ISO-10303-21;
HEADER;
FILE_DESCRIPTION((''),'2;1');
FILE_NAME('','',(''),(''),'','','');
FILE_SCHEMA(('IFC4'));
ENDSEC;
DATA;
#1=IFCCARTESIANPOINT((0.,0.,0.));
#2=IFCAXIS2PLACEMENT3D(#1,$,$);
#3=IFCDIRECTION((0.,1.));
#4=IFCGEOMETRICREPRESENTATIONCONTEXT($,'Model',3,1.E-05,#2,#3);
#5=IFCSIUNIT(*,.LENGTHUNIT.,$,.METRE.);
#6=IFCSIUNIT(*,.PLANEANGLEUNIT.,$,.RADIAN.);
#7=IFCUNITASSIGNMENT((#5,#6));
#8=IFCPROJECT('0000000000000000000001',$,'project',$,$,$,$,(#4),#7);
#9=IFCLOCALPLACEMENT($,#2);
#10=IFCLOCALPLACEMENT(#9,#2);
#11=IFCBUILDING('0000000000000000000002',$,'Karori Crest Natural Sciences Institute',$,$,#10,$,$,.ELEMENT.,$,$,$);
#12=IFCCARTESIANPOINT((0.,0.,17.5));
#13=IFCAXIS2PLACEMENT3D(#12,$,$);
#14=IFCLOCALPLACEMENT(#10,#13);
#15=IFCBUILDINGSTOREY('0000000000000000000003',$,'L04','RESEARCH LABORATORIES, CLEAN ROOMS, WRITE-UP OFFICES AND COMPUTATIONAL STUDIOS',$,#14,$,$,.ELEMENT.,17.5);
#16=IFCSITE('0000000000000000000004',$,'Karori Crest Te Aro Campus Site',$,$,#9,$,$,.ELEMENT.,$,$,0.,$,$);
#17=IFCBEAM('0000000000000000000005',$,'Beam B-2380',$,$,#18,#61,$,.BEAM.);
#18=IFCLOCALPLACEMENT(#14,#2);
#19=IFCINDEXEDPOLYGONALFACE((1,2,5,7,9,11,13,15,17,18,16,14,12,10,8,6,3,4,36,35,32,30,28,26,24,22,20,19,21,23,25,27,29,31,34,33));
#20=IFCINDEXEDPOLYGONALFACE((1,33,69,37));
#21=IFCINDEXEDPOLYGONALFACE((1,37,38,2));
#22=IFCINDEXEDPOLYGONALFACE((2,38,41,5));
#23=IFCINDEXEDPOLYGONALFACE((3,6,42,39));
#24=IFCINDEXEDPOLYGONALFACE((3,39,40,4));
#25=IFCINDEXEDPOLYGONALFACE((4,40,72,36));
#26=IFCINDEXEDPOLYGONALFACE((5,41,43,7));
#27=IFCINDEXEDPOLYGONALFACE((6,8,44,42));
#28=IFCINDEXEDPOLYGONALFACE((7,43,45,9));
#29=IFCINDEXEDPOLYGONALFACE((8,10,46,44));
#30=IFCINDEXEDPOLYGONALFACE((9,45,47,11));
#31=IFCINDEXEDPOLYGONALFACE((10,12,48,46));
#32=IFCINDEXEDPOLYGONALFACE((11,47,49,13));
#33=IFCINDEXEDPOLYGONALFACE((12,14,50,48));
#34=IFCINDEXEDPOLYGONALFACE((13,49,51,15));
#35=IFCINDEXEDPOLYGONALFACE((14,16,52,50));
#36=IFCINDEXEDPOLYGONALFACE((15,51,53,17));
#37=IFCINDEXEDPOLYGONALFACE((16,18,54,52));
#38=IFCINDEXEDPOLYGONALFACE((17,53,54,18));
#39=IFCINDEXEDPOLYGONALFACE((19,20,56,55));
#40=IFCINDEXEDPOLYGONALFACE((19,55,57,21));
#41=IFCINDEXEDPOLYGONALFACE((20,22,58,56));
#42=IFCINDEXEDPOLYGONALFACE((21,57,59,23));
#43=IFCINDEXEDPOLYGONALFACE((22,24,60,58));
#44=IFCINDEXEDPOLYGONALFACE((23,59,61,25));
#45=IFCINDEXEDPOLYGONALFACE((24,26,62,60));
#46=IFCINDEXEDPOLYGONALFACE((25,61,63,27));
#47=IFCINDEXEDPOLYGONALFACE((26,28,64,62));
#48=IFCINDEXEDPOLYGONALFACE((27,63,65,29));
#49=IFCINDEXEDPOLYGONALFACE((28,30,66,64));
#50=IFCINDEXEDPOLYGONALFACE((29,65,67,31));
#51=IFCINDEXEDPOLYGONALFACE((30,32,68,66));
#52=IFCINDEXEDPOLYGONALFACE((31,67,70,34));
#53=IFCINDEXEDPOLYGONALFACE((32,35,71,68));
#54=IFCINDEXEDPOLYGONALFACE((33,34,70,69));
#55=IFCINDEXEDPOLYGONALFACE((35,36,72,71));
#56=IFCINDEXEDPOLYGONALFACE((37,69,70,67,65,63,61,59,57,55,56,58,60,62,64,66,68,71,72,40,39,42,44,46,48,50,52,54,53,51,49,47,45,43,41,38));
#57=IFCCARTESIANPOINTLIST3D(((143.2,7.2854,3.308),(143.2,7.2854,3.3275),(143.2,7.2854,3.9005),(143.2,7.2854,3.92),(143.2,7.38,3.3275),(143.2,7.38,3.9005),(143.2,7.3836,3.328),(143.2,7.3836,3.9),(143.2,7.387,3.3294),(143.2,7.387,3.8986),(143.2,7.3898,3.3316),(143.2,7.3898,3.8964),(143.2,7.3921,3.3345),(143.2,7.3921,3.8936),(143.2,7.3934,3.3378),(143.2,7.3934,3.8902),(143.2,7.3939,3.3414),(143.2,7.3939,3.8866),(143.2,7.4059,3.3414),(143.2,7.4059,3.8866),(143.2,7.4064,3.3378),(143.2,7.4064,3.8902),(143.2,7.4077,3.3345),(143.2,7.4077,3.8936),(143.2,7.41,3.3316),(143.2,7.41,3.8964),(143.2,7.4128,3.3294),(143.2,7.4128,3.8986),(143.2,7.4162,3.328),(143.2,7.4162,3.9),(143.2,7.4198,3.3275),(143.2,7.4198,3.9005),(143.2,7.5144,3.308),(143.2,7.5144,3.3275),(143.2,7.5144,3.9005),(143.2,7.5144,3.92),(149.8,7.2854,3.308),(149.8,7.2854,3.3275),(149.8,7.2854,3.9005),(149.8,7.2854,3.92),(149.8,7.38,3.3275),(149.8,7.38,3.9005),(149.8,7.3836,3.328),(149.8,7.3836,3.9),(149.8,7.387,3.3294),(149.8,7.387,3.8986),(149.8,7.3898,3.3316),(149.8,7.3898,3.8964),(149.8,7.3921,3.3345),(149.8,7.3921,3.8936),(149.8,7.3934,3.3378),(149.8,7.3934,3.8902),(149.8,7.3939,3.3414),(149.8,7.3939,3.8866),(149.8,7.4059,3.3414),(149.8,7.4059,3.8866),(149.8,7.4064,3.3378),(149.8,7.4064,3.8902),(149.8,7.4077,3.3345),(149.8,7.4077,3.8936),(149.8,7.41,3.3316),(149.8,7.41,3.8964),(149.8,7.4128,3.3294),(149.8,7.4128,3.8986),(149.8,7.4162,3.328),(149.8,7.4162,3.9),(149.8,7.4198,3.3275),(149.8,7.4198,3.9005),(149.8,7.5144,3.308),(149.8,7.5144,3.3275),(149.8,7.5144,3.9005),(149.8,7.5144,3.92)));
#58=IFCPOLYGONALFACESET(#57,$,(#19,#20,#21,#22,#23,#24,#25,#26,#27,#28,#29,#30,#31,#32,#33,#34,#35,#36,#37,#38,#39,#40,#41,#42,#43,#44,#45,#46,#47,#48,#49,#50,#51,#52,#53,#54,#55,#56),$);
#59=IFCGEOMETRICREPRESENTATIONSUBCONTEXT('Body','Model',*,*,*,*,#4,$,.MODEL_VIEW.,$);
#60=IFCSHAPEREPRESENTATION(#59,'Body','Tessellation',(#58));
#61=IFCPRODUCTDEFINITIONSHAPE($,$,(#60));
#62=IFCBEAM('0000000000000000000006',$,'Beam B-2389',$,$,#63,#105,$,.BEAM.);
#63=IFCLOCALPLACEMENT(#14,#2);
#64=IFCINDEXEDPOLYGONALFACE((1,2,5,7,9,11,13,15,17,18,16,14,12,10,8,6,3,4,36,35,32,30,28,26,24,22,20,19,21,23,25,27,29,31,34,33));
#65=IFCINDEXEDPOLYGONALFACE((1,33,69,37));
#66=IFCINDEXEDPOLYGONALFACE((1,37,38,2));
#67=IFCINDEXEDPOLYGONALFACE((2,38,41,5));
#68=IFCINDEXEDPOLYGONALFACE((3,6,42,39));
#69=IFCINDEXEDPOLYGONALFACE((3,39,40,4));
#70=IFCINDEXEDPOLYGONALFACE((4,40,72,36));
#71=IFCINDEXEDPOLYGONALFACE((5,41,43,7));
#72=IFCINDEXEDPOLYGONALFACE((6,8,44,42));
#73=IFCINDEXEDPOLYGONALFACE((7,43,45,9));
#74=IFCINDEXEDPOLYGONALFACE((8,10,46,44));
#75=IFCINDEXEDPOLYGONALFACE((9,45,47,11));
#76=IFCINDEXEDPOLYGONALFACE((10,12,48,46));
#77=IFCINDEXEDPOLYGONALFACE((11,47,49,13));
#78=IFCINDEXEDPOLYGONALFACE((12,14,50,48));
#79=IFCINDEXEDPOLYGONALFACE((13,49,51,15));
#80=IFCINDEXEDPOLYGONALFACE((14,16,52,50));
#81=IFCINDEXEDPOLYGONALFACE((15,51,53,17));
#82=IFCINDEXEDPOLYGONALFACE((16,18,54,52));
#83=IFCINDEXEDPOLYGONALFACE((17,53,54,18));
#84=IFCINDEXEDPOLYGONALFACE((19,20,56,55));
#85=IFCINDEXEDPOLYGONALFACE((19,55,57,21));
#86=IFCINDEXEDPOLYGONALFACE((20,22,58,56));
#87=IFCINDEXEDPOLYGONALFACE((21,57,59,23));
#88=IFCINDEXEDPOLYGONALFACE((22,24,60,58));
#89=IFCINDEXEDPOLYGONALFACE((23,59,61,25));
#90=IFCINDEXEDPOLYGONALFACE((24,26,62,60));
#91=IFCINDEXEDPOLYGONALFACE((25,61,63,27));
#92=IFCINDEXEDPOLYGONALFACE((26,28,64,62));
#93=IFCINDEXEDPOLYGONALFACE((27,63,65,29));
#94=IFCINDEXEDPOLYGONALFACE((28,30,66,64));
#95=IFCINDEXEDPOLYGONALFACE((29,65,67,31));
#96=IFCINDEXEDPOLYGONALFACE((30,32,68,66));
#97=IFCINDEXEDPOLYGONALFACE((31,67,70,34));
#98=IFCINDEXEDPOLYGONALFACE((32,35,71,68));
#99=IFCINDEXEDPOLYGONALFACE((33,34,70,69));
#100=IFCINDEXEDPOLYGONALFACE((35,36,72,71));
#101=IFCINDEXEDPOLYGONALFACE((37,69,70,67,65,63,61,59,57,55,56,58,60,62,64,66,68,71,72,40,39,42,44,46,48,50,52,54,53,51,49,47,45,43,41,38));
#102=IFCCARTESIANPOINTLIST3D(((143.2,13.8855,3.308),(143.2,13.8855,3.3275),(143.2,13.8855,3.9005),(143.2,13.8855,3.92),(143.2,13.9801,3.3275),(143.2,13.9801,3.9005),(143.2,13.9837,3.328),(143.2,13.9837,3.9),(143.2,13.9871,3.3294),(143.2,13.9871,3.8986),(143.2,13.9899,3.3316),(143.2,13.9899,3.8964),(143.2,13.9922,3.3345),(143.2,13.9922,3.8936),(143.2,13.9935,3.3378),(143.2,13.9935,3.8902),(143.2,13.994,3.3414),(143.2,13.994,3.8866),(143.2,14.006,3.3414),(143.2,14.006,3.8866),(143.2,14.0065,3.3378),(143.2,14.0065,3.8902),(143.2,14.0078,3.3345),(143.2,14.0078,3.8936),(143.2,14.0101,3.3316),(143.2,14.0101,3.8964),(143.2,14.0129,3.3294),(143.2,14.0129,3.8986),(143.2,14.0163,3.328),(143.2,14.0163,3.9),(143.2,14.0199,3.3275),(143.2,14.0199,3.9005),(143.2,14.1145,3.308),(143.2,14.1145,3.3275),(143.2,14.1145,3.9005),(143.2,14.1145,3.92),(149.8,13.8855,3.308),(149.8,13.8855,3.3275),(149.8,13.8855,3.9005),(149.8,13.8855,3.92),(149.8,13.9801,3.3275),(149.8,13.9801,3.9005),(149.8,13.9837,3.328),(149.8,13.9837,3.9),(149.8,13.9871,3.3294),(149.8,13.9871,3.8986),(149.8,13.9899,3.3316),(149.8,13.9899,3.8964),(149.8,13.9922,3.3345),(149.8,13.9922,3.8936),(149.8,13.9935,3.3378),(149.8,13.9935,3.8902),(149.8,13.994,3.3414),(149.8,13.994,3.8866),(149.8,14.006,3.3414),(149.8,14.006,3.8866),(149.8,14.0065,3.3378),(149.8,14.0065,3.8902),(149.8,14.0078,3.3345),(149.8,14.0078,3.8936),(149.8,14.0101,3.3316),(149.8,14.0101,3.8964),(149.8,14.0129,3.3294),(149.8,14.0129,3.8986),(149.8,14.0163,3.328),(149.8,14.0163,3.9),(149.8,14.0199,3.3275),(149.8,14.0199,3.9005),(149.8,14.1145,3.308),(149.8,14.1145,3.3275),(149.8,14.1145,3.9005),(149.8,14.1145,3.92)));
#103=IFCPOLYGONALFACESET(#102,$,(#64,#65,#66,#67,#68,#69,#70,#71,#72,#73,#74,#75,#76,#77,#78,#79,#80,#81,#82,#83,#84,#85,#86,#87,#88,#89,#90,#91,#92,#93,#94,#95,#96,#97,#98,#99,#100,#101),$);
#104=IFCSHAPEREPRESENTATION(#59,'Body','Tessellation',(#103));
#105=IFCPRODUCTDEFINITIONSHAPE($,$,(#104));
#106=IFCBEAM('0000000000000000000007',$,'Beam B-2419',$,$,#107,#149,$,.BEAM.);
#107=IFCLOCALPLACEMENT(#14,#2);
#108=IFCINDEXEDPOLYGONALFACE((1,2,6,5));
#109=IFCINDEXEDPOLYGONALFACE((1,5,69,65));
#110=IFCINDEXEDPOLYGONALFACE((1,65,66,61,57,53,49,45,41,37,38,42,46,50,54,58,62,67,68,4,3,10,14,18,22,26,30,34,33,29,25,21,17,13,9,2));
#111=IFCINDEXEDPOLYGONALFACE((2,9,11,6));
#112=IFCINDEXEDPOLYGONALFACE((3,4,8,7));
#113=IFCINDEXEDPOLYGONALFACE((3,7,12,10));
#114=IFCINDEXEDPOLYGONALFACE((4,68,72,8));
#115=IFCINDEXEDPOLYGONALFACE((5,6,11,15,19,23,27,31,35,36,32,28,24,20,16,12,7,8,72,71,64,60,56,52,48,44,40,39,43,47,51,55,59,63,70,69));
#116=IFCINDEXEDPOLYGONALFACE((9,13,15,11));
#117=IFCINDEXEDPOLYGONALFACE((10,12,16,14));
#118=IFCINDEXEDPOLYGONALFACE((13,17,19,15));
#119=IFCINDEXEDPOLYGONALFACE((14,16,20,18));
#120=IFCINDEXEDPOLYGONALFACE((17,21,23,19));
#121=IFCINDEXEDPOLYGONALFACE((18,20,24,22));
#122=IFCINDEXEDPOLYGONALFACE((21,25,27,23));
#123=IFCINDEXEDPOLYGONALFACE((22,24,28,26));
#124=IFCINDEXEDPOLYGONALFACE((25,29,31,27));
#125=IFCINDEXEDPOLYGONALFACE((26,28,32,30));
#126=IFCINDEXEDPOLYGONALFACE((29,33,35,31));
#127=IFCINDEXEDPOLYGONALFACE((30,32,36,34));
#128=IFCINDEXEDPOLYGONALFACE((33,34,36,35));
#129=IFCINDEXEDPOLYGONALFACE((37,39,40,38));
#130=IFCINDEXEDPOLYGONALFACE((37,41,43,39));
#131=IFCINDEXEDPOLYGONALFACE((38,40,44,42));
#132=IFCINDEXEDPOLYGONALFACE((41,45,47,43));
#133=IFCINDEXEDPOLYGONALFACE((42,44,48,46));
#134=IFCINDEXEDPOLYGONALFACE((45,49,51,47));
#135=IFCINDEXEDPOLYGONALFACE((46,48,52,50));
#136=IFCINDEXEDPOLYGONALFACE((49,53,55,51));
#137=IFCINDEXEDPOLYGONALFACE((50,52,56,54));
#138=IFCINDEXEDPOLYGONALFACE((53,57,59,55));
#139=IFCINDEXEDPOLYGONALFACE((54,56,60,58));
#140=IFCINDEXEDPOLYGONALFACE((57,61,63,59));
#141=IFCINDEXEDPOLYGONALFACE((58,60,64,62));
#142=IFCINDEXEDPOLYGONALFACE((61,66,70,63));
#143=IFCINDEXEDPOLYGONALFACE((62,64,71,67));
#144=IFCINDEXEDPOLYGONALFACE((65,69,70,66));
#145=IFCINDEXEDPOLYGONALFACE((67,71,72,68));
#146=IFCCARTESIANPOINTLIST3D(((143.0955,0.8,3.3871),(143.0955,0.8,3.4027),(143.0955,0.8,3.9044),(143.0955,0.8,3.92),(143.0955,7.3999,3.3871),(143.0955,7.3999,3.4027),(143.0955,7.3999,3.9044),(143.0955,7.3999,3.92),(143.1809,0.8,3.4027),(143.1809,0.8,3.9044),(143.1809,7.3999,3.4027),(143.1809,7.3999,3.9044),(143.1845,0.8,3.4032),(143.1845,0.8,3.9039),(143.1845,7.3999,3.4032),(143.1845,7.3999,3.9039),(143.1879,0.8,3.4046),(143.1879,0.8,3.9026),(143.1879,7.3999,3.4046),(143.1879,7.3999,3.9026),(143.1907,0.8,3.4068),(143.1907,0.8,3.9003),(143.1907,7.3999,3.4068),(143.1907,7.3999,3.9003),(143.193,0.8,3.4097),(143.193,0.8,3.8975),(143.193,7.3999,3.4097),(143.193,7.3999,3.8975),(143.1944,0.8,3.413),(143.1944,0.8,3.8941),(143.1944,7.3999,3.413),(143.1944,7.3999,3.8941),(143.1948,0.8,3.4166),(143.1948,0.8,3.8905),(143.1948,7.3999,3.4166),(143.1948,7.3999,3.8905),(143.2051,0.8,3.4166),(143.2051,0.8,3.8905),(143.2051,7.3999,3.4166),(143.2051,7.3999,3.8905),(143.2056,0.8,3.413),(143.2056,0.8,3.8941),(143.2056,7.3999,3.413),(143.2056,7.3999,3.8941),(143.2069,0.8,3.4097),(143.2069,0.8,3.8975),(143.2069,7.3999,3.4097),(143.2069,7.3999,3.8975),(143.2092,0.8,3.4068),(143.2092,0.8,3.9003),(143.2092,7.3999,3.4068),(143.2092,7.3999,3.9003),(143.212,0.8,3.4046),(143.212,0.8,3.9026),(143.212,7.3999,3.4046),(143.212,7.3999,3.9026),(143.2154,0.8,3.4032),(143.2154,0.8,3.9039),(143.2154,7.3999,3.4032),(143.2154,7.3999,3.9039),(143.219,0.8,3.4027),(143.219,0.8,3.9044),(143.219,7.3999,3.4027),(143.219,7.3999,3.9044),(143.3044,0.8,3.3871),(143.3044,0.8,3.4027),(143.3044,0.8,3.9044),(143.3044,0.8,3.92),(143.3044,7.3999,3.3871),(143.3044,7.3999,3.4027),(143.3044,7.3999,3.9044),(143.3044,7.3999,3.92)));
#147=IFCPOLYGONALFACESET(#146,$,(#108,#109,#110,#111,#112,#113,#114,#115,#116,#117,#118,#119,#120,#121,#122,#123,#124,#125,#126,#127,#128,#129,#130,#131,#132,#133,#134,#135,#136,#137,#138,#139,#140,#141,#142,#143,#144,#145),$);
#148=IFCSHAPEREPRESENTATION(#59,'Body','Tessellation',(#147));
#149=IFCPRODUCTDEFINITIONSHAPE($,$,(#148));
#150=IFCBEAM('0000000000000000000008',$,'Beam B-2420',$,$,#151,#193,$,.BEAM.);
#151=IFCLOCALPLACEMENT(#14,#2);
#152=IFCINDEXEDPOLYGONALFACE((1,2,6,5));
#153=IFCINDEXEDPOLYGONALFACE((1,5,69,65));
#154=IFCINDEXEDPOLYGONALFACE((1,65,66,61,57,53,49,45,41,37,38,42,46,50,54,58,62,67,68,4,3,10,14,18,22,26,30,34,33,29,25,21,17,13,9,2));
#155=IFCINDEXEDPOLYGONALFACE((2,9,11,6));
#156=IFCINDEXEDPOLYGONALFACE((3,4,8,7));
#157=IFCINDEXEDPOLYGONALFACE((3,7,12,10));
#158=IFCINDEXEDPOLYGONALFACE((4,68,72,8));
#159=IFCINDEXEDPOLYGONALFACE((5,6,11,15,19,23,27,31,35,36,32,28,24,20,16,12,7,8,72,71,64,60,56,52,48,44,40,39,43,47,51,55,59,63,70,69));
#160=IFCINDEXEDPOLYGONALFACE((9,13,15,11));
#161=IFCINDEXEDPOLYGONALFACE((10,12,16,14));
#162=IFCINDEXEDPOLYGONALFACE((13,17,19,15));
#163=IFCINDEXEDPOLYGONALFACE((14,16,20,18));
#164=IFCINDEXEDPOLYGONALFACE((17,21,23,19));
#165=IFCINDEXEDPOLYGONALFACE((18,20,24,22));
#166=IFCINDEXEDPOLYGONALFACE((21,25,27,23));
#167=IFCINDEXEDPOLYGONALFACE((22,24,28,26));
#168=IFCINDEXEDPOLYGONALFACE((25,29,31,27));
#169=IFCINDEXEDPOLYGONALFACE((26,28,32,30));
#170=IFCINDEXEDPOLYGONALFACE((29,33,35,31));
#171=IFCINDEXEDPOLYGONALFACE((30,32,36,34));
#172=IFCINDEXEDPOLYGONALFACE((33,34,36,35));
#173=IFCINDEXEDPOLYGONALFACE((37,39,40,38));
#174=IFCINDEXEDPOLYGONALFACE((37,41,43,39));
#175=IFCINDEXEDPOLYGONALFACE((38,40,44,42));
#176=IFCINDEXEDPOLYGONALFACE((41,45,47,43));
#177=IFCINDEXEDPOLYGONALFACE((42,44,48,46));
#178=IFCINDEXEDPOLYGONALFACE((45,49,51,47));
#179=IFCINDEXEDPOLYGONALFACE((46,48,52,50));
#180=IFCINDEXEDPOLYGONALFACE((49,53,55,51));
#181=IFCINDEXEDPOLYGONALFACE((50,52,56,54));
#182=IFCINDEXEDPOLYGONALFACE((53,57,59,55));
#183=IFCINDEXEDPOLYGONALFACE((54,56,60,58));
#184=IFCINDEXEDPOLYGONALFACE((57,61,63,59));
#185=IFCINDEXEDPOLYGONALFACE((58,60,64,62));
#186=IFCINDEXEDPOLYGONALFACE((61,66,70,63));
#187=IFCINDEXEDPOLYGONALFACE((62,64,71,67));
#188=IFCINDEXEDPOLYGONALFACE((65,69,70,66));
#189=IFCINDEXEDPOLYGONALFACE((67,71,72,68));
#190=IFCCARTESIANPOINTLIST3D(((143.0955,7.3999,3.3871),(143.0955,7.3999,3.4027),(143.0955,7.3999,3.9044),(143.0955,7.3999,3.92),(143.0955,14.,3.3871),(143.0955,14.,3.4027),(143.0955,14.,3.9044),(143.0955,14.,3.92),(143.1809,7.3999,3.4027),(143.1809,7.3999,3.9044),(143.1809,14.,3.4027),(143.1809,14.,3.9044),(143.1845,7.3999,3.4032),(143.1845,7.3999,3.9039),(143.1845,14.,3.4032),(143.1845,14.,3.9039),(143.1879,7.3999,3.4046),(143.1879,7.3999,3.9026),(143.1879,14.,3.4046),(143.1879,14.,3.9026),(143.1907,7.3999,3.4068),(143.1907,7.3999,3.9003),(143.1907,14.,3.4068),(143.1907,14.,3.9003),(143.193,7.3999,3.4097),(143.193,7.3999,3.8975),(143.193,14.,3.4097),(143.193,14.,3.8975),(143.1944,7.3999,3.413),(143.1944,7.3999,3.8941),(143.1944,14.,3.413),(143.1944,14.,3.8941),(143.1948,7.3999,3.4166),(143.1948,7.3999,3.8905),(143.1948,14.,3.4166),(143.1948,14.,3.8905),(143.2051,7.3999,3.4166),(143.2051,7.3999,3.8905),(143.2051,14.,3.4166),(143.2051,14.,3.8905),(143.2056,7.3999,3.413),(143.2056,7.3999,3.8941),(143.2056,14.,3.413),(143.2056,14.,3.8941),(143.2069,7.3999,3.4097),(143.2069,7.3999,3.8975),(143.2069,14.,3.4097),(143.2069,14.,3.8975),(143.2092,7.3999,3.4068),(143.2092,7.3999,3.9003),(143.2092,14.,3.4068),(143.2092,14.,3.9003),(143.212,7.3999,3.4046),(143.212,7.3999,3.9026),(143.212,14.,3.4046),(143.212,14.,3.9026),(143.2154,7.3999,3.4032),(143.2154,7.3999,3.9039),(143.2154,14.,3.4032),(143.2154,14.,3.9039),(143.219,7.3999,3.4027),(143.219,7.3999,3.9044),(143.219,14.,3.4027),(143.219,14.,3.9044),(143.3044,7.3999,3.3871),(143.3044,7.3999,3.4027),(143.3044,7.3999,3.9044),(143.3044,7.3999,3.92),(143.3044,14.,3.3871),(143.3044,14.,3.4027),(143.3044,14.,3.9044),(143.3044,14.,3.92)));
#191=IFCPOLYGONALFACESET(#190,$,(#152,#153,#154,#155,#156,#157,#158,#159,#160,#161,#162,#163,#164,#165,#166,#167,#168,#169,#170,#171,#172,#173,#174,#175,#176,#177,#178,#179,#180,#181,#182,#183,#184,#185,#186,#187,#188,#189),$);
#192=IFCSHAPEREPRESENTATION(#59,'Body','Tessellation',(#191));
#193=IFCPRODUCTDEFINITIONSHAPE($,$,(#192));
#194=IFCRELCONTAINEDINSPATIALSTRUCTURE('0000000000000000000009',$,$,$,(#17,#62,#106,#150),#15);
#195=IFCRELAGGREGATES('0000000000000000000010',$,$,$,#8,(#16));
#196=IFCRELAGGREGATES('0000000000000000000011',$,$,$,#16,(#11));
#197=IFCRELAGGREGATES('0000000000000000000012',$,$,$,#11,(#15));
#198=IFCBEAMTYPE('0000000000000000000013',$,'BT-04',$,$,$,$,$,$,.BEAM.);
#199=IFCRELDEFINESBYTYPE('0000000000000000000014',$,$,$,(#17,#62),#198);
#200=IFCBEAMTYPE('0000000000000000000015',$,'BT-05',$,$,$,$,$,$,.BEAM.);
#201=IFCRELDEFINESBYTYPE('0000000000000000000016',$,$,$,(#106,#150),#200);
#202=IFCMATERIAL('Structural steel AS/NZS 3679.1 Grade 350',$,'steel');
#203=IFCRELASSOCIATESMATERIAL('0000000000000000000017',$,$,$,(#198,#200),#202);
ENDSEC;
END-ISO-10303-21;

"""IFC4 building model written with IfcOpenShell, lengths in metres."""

from ifc_helpers import new_model, si_unit, direction, frame, origin, origin_2d, place, context, subcontext, project, spatial, i_section, extrude, material, material_profile, profile_set, type_object, element, save


model = new_model("IFC4")

# Units and contexts
model_context = context("Model", 3, precision=1e-05, world=origin(), true_north=direction((0.0, 1.0)))
body_context = subcontext(model_context, "Body", "Model", "MODEL_VIEW")
ifc_project = project(units=[si_unit("LENGTHUNIT", "METRE"), si_unit("PLANEANGLEUNIT", "RADIAN")], contexts=[model_context])

# Site, building, storey
site_placement = place(None, origin())
site = spatial("IfcSite", under=ifc_project, at=site_placement, Name="Karori Crest Te Aro Campus Site", CompositionType="ELEMENT", RefElevation=0.0)
building_placement = place(site_placement, origin())
building = spatial("IfcBuilding", under=site, at=building_placement, Name="Karori Crest Natural Sciences Institute", CompositionType="ELEMENT")
storey_placement = place(building_placement, frame((0.0, 0.0, 17.5)))
storey = spatial("IfcBuildingStorey", under=building, at=storey_placement, Name="L04", Description="RESEARCH LABORATORIES, CLEAN ROOMS, WRITE-UP OFFICES AND COMPUTATIONAL STUDIOS", CompositionType="ELEMENT", Elevation=17.5)

# Shared definitions
ifc_material_1 = material(Name="Structural steel AS/NZS 3679.1 Grade 350", Category="steel")

# Beams
ifc_material_profile_1 = material_profile(ifc_material_1, i_section(OverallWidth=0.229, OverallDepth=0.6121, WebThickness=0.012, FlangeThickness=0.0195, FilletRadius=0.0139, at=origin_2d()), Name="610UB125")
ifc_profile_set_1 = profile_set([ifc_material_profile_1], Name="Structural steel AS/NZS 3679.1 Grade 350")
beam_type_1 = type_object("IfcBeamType", Name="BT-04", PredefinedType="BEAM", material=ifc_profile_set_1)
for number, where, z_axis, x_axis, name in (
    (1, (143.2, 7.3999, 3.614), (1.0, 0.0, 0.0), (0.0, 1.0, 0.0), "Beam B-2380"),
    (2, (143.2, 14.0, 3.614), (1.0, 0.0, 0.0), (0.0, 1.0, 0.0), "Beam B-2389"),
):
    element("IfcBeam", number, at=place(storey_placement, frame(where, z_axis=z_axis, x_axis=x_axis)), inside=storey, type_object=beam_type_1, Name=name, PredefinedType="BEAM", context=body_context, shape_type="SweptSolid", body=[
        extrude(i_section(OverallWidth=0.229, OverallDepth=0.6121, WebThickness=0.012, FlangeThickness=0.0195, FilletRadius=0.0139, at=origin_2d()), origin(), (0.0, 0.0, 1.0), 6.6001),
    ])
ifc_material_profile_2 = material_profile(ifc_material_1, i_section(OverallWidth=0.209, OverallDepth=0.533, WebThickness=0.0103, FlangeThickness=0.0156, FilletRadius=0.0139, at=origin_2d()), Name="530UB92.4")
ifc_profile_set_2 = profile_set([ifc_material_profile_2], Name="Structural steel AS/NZS 3679.1 Grade 350")
beam_type_2 = type_object("IfcBeamType", Name="BT-05", PredefinedType="BEAM", material=ifc_profile_set_2)
beam_1_placement = place(storey_placement, frame((143.2, 0.8, 3.6536), z_axis=(0.0, 1.0, 0.0), x_axis=(-1.0, 0.0, 0.0)))
element("IfcBeam", 3, at=beam_1_placement, inside=storey, type_object=beam_type_2, Name="Beam B-2419", PredefinedType="BEAM", context=body_context, shape_type="SweptSolid", body=[
    extrude(i_section(OverallWidth=0.209, OverallDepth=0.533, WebThickness=0.0103, FlangeThickness=0.0156, FilletRadius=0.0139, at=origin_2d()), origin(), (0.0, 0.0, 1.0), 6.5999),
])
for number, where, z_axis, x_axis, name in (
    (4, (143.2, 7.3999, 3.6536), (0.0, 1.0, 0.0), (-1.0, 0.0, 0.0), "Beam B-2420"),
):
    element("IfcBeam", number, at=place(storey_placement, frame(where, z_axis=z_axis, x_axis=x_axis)), inside=storey, type_object=beam_type_2, Name=name, PredefinedType="BEAM", context=body_context, shape_type="SweptSolid", body=[
        extrude(i_section(OverallWidth=0.209, OverallDepth=0.533, WebThickness=0.0103, FlangeThickness=0.0156, FilletRadius=0.0139, at=origin_2d()), origin(), (0.0, 0.0, 1.0), 6.6001),
    ])

save(model, "model.ifc")
